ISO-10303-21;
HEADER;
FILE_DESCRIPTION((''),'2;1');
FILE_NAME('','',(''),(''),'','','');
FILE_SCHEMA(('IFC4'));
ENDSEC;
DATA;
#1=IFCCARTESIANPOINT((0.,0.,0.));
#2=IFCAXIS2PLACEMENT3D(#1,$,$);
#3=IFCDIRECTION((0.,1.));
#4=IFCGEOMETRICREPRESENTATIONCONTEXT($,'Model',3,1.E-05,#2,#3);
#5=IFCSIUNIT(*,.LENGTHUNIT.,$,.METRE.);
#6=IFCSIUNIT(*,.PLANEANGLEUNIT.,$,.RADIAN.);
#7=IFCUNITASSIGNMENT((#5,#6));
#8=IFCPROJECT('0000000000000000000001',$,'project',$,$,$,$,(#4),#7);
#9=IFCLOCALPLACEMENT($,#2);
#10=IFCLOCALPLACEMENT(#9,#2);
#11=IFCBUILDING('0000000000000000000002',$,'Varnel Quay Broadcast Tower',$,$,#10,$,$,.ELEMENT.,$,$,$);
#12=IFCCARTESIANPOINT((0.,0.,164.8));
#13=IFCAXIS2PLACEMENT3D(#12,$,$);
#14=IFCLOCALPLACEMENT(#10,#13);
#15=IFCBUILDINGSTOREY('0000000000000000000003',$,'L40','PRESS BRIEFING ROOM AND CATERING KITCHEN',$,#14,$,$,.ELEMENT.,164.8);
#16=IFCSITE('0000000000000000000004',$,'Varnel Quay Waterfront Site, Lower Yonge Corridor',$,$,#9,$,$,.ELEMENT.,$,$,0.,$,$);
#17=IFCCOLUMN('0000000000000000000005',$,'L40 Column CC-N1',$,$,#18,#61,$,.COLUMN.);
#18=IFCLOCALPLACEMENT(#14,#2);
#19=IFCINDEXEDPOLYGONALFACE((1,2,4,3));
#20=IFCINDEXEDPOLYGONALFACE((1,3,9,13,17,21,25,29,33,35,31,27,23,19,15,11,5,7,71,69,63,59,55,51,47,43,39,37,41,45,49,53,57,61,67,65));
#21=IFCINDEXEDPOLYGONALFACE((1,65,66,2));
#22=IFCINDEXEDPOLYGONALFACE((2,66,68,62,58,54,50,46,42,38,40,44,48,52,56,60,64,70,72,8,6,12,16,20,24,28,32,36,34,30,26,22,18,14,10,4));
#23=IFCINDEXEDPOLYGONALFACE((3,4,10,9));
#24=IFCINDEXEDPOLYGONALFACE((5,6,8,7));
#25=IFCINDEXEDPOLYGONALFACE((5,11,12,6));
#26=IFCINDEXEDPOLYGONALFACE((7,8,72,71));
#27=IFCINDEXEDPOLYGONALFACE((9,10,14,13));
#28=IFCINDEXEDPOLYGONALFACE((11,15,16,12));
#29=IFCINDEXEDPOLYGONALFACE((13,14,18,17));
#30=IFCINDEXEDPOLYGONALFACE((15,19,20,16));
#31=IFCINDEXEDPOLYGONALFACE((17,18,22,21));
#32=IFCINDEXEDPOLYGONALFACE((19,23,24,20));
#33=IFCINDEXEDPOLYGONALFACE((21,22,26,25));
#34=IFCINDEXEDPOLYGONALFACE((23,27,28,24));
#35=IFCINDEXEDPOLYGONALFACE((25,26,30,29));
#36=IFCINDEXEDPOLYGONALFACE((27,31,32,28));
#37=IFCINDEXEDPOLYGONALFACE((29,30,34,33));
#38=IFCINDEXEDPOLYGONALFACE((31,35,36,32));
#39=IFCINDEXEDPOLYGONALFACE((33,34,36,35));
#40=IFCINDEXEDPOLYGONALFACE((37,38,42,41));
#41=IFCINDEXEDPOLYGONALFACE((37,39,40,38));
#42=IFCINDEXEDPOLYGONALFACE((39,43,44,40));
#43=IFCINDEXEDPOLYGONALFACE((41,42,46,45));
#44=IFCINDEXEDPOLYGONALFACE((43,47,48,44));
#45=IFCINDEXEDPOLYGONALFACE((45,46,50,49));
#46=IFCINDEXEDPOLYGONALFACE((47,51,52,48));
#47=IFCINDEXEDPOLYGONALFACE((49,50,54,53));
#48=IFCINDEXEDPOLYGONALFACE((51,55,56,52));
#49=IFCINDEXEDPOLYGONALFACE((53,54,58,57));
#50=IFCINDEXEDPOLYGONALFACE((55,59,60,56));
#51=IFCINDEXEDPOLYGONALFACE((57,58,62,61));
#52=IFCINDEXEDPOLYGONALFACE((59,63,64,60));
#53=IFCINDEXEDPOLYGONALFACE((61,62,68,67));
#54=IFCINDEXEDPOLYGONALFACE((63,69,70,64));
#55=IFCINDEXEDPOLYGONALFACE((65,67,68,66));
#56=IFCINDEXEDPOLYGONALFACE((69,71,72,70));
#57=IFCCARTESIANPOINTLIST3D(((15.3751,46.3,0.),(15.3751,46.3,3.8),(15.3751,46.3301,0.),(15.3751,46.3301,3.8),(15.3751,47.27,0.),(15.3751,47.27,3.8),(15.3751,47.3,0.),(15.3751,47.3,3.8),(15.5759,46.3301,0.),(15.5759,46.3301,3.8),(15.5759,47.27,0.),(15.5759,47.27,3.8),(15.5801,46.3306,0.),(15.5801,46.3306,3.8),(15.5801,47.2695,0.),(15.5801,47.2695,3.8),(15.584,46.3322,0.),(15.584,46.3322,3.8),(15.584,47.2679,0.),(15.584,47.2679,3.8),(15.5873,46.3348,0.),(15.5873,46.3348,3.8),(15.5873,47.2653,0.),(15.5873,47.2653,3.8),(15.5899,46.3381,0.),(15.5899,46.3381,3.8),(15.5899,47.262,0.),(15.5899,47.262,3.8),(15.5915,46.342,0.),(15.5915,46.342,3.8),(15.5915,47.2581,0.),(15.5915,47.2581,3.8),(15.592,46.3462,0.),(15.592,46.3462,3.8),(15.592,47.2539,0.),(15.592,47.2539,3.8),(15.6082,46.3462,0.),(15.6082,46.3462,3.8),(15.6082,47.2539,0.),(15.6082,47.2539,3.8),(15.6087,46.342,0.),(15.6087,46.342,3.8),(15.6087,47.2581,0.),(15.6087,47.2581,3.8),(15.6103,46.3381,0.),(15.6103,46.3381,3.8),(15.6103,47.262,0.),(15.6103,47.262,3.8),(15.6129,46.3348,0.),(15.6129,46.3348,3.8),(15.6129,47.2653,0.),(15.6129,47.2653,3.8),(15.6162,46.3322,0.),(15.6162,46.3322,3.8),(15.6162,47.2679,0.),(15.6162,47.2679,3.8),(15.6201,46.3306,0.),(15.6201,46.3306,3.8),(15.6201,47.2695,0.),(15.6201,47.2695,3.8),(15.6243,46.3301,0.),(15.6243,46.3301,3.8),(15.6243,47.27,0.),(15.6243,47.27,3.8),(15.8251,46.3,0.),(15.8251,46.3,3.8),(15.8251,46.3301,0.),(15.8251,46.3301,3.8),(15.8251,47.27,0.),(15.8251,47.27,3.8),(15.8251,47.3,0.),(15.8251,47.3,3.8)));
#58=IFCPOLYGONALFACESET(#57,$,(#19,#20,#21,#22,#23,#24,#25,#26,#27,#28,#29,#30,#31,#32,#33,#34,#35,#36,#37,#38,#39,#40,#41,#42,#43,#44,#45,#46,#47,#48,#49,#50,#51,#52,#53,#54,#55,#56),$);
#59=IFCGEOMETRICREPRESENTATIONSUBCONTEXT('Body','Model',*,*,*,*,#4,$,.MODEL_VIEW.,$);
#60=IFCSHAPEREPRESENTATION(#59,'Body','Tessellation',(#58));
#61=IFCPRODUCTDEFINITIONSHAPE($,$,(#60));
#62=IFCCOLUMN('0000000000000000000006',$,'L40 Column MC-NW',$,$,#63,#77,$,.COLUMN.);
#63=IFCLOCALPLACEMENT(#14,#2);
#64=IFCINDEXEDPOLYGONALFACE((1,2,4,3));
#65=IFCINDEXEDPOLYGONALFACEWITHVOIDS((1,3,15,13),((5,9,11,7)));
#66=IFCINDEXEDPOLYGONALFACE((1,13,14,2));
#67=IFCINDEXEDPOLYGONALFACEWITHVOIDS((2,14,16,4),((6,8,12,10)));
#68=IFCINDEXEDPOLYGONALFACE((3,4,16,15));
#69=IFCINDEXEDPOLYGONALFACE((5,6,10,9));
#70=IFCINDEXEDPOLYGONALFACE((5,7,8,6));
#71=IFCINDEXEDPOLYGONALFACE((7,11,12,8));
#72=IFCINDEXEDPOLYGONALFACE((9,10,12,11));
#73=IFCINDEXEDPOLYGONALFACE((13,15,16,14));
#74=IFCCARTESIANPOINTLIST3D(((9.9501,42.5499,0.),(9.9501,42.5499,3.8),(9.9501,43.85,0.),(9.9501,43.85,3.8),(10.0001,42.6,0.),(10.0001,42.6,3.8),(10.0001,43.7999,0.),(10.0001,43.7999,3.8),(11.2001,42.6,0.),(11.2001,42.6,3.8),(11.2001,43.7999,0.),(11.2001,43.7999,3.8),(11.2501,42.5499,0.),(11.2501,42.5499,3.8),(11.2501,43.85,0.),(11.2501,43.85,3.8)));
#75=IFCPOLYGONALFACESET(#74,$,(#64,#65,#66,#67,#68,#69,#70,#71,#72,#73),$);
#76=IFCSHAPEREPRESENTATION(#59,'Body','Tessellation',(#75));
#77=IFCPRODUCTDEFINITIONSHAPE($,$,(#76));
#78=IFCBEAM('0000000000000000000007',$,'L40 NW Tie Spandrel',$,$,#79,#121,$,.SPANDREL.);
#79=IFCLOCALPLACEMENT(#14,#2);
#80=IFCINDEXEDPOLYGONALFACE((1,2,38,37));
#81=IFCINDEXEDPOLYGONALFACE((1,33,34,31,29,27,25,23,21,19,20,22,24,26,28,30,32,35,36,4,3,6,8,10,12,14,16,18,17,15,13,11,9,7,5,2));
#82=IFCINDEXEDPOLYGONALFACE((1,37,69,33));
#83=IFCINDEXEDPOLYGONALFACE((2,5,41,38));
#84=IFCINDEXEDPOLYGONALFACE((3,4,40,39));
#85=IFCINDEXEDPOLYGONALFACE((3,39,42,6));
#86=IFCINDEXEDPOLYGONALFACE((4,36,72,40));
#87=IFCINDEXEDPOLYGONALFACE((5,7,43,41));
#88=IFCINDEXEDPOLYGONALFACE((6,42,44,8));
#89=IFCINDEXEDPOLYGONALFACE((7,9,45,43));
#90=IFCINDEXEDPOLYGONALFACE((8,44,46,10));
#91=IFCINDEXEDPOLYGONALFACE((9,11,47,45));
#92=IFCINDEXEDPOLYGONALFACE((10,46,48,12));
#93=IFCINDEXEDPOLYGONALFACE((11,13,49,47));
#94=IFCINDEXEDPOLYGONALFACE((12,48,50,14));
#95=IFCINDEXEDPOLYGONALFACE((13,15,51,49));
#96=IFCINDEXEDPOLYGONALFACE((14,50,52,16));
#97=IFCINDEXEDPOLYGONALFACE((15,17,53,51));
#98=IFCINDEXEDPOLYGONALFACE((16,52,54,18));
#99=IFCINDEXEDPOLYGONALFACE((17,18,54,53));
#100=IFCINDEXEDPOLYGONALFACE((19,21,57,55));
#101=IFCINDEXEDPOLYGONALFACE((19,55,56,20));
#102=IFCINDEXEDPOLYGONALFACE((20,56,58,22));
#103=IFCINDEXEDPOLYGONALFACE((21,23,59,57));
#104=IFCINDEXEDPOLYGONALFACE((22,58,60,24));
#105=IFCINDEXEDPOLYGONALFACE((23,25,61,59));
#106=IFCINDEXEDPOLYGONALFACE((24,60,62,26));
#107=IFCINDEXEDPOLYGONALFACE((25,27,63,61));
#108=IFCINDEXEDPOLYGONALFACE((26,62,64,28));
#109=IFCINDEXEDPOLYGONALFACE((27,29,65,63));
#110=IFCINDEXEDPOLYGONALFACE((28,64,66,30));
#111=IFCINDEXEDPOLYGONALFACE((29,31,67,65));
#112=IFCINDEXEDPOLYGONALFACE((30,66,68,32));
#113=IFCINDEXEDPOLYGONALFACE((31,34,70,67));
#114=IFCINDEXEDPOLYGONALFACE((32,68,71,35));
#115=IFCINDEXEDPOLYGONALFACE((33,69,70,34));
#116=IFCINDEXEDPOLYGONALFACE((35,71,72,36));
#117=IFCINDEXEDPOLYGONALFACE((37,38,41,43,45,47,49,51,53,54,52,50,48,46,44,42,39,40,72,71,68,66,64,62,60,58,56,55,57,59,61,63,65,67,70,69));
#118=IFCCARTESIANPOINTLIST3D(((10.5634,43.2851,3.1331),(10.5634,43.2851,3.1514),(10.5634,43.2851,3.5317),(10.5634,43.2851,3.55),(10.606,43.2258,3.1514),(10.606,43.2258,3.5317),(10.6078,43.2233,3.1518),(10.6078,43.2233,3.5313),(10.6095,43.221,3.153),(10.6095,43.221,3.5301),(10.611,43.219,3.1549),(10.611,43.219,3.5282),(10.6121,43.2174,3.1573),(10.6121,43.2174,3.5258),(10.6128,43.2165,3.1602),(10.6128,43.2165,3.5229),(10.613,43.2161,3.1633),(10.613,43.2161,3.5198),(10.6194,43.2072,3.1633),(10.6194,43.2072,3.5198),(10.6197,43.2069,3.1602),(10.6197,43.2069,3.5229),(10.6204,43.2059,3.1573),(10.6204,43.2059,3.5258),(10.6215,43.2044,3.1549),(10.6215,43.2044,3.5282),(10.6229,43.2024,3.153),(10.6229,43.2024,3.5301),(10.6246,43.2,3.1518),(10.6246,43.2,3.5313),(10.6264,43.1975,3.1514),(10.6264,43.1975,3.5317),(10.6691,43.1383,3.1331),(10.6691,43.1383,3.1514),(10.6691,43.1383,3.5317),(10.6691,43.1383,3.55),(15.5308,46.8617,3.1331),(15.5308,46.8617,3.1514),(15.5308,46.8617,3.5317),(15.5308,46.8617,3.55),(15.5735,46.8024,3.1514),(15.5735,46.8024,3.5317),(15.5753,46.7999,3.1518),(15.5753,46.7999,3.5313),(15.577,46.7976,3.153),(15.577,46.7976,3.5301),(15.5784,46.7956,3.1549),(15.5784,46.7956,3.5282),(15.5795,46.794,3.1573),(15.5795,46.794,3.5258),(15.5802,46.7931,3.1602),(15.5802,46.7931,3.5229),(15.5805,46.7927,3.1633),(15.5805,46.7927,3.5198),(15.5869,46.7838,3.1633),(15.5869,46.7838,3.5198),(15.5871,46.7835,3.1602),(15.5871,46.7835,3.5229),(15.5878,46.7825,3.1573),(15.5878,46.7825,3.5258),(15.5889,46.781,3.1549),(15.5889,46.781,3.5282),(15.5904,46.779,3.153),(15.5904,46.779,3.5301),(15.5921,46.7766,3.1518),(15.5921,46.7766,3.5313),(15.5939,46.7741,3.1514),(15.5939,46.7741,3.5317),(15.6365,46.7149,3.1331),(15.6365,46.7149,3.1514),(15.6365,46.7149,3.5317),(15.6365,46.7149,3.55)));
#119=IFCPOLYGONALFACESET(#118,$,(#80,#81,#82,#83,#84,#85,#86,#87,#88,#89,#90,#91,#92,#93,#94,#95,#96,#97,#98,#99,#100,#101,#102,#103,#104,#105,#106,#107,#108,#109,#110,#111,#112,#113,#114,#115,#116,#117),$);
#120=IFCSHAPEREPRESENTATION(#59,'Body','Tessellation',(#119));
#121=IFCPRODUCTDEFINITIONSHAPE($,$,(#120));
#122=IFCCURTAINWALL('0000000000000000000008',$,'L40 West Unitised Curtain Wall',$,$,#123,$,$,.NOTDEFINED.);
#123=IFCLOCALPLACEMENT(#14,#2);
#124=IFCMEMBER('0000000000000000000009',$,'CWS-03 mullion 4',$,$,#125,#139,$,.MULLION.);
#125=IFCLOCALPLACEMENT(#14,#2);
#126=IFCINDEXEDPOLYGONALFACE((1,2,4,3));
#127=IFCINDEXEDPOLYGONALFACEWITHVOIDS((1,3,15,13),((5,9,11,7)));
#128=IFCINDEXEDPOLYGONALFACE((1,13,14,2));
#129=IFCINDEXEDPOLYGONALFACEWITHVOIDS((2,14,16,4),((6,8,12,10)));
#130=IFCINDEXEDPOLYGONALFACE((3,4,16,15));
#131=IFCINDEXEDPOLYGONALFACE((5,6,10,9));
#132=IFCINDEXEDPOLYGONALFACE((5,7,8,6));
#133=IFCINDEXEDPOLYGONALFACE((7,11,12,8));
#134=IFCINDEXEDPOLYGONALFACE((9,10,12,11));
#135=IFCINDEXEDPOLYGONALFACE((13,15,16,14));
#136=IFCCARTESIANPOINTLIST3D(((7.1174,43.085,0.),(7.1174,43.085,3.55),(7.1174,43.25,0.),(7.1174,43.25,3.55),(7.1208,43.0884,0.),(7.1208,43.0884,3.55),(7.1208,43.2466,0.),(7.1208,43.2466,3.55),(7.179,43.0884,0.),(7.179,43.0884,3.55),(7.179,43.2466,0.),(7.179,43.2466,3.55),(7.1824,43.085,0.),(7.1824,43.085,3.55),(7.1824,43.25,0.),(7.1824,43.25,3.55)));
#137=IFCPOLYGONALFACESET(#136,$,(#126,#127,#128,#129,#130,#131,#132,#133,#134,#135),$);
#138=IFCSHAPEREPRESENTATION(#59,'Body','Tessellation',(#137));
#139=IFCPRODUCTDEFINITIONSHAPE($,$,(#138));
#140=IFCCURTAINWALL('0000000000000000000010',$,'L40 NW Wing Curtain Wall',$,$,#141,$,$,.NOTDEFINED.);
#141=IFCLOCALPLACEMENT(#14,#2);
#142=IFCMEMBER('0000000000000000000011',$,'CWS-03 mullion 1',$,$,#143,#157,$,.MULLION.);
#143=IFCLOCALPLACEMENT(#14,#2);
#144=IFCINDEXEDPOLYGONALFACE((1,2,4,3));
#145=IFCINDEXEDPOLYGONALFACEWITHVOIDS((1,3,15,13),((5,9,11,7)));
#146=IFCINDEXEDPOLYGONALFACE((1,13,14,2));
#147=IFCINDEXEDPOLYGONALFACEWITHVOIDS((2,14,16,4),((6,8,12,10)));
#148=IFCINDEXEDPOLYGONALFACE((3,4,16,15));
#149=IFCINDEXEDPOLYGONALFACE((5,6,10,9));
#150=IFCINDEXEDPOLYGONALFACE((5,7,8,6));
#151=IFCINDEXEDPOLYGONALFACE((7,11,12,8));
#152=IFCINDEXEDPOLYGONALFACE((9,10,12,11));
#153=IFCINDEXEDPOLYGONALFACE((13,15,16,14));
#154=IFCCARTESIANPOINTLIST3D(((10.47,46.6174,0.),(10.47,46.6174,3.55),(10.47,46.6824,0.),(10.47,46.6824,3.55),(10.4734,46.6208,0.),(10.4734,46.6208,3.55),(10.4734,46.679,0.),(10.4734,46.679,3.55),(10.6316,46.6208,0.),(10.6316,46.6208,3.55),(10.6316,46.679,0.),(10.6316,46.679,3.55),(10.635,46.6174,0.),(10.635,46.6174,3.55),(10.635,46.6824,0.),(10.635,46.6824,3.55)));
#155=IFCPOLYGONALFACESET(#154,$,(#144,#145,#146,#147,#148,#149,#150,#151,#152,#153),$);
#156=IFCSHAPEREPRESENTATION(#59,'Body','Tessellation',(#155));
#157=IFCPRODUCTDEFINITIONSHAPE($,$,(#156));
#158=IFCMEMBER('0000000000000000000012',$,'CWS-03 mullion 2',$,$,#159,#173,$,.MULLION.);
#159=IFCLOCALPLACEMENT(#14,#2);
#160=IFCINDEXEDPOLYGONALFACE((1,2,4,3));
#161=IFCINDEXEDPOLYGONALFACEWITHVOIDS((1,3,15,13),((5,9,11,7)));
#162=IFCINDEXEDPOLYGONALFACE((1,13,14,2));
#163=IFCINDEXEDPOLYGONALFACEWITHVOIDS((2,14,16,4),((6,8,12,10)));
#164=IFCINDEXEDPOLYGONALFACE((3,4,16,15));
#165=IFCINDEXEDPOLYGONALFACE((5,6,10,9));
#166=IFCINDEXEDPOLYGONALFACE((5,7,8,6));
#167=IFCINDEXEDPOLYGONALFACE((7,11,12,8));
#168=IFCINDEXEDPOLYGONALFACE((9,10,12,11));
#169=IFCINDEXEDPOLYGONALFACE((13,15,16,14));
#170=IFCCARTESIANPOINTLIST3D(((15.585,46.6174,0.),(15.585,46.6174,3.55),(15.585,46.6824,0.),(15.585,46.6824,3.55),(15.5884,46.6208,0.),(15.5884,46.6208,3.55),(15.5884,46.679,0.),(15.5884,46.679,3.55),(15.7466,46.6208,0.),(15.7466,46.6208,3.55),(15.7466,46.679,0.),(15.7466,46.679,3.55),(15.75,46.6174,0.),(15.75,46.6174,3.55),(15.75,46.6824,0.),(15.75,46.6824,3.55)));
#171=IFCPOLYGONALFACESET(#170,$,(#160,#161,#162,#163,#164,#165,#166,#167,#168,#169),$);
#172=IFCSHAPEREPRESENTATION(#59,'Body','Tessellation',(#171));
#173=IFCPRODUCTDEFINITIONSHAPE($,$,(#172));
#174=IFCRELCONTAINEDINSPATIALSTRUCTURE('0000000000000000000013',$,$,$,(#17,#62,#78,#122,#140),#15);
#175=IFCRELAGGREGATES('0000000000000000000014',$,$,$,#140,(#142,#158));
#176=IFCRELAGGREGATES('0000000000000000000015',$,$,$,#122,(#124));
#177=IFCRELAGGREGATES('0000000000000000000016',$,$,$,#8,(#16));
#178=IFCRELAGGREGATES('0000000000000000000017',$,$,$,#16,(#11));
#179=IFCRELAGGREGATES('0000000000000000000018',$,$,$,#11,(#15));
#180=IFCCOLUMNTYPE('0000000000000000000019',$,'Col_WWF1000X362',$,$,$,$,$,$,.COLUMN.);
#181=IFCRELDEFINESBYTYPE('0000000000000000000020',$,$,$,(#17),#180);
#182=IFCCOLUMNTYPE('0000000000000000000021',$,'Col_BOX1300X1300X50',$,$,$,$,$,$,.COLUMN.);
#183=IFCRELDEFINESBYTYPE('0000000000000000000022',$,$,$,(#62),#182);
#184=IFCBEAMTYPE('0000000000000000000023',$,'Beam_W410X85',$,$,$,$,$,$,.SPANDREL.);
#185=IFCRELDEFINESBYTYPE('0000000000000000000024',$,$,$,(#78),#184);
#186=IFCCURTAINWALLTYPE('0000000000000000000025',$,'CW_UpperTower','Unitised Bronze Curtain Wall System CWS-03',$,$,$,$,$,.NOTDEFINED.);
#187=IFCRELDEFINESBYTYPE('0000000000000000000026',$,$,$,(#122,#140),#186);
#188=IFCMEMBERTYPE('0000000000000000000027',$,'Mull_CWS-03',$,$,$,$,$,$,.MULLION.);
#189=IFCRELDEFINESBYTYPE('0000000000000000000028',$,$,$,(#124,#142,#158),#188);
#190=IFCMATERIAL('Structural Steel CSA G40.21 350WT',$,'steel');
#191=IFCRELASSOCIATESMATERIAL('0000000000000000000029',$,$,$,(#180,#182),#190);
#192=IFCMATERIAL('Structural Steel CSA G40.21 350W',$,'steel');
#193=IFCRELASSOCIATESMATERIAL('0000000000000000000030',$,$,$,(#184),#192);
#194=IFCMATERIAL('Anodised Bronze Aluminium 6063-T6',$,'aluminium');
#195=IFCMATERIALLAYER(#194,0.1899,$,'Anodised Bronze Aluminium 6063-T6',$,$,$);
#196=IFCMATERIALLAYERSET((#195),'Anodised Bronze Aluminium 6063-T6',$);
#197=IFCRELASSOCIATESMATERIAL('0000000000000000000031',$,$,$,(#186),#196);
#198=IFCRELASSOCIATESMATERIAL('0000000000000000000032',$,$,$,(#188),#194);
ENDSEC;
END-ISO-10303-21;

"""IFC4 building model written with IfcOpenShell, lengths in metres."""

from ifc_helpers import new_model, si_unit, direction, frame, origin, origin_2d, place, context, subcontext, project, spatial, hollow_rectangle, i_section, extrude, source, transform, mapped, material, layer, layer_set, material_profile, profile_set, type_object, type_shapes, element, aggregate, save


model = new_model("IFC4")

# Units and contexts
model_context = context("Model", 3, precision=1e-05, world=origin(), true_north=direction((0.0, 1.0)))
body_context = subcontext(model_context, "Body", "Model", "MODEL_VIEW")
ifc_project = project(units=[si_unit("LENGTHUNIT", "METRE"), si_unit("PLANEANGLEUNIT", "RADIAN")], contexts=[model_context])

# Site, building, storey
site_placement = place(None, origin())
site = spatial("IfcSite", under=ifc_project, at=site_placement, Name="Varnel Quay Waterfront Site, Lower Yonge Corridor", CompositionType="ELEMENT", RefElevation=0.0)
building_placement = place(site_placement, origin())
building = spatial("IfcBuilding", under=site, at=building_placement, Name="Varnel Quay Broadcast Tower", CompositionType="ELEMENT")
storey_placement = place(building_placement, frame((0.0, 0.0, 164.8)))
storey = spatial("IfcBuildingStorey", under=building, at=storey_placement, Name="L40", Description="PRESS BRIEFING ROOM AND CATERING KITCHEN", CompositionType="ELEMENT", Elevation=164.8)

# Columns
ifc_material_1 = material(Name="Structural Steel CSA G40.21 350WT", Category="steel")
ifc_material_profile_1 = material_profile(ifc_material_1, i_section(OverallWidth=0.45, OverallDepth=1.0, WebThickness=0.0161, FlangeThickness=0.03, FilletRadius=0.0161, at=origin_2d()), Name="WWF1000X362")
ifc_profile_set_1 = profile_set([ifc_material_profile_1], Name="Structural Steel CSA G40.21 350WT")
column_type_1 = type_object("IfcColumnType", Name="Col_WWF1000X362", PredefinedType="COLUMN", material=ifc_profile_set_1)
shared_shape_1 = source(origin(), body_context, "Body", "SweptSolid", [
    extrude(i_section(OverallWidth=0.45, OverallDepth=1.0, WebThickness=0.0161, FlangeThickness=0.03, FilletRadius=0.0161, at=origin_2d()), origin(), (0.0, 0.0, 1.0), 3.8),
])
type_shapes(column_type_1, [shared_shape_1])
column_1_placement = place(storey_placement, frame((15.6001, 46.8, 0.0), z_axis=(0.0, 0.0, 1.0), x_axis=(1.0, 0.0, 0.0)))
element("IfcColumn", 1, at=column_1_placement, inside=storey, type_object=column_type_1, Name="L40 Column CC-N1", PredefinedType="COLUMN", context=body_context, shape_type="MappedRepresentation", body=[
    mapped(shared_shape_1, transform((0.0, 0.0, 0.0), x_axis=(1.0, 0.0, 0.0), y_axis=(0.0, 1.0, 0.0), z_axis=(0.0, 0.0, 1.0), scale=1.0)),
])
ifc_material_profile_2 = material_profile(ifc_material_1, hollow_rectangle(XDim=1.3, YDim=1.3, WallThickness=0.05, at=origin_2d()), Name="BOX1300X1300X50")
ifc_profile_set_2 = profile_set([ifc_material_profile_2], Name="Structural Steel CSA G40.21 350WT")
column_type_2 = type_object("IfcColumnType", Name="Col_BOX1300X1300X50", PredefinedType="COLUMN", material=ifc_profile_set_2)
shared_shape_2 = source(origin(), body_context, "Body", "SweptSolid", [
    extrude(hollow_rectangle(XDim=1.3, YDim=1.3, WallThickness=0.05, at=origin_2d()), origin(), (0.0, 0.0, 1.0), 3.8),
])
type_shapes(column_type_2, [shared_shape_2])
column_2_placement = place(storey_placement, frame((10.6001, 43.2, 0.0), z_axis=(0.0, 0.0, 1.0), x_axis=(1.0, 0.0, 0.0)))
element("IfcColumn", 2, at=column_2_placement, inside=storey, type_object=column_type_2, Name="L40 Column MC-NW", PredefinedType="COLUMN", context=body_context, shape_type="MappedRepresentation", body=[
    mapped(shared_shape_2, transform((0.0, 0.0, 0.0), x_axis=(1.0, 0.0, 0.0), y_axis=(0.0, 1.0, 0.0), z_axis=(0.0, 0.0, 1.0), scale=1.0)),
])

# Beam
ifc_material_2 = material(Name="Structural Steel CSA G40.21 350W", Category="steel")
ifc_material_profile_3 = material_profile(ifc_material_2, i_section(OverallWidth=0.1809, OverallDepth=0.417, WebThickness=0.011, FlangeThickness=0.0183, FilletRadius=0.012, at=origin_2d()), Name="W410X85")
ifc_profile_set_3 = profile_set([ifc_material_profile_3], Name="Structural Steel CSA G40.21 350W")
beam_type = type_object("IfcBeamType", Name="Beam_W410X85", PredefinedType="SPANDREL", material=ifc_profile_set_3)
shared_shape_3 = source(origin(), body_context, "Body", "SweptSolid", [
    extrude(i_section(OverallWidth=0.1809, OverallDepth=0.417, WebThickness=0.011, FlangeThickness=0.0183, FilletRadius=0.012, at=origin_2d()), origin(), (0.0, 0.0, 1.0), 6.1211),
])
type_shapes(beam_type, [shared_shape_3])
beam_placement = place(storey_placement, frame((10.6162, 43.2117, 3.3416), z_axis=(0.811531, 0.584309, 0.0), x_axis=(-0.584309, 0.811531, 0.0)))
element("IfcBeam", 3, at=beam_placement, inside=storey, type_object=beam_type, Name="L40 NW Tie Spandrel", PredefinedType="SPANDREL", context=body_context, shape_type="MappedRepresentation", body=[
    mapped(shared_shape_3, transform((0.0, 0.0, 0.0), x_axis=(1.0, 0.0, 0.0), y_axis=(0.0, 1.0, 0.0), z_axis=(0.0, 0.0, 1.0), scale=1.0)),
])

# Curtain wall, member
ifc_material_3 = material(Name="Anodised Bronze Aluminium 6063-T6", Category="aluminium")
ifc_layer_1 = layer(ifc_material_3, 0.1899, Name="Anodised Bronze Aluminium 6063-T6")
ifc_layer_set_1 = layer_set([ifc_layer_1], Name="Anodised Bronze Aluminium 6063-T6")
curtain_wall_type = type_object("IfcCurtainWallType", Name="CW_UpperTower", Description="Unitised Bronze Curtain Wall System CWS-03", PredefinedType="NOTDEFINED", material=ifc_layer_set_1)
curtain_wall_1_placement = place(storey_placement, origin())
curtain_wall_1 = element("IfcCurtainWall", 4, at=curtain_wall_1_placement, inside=storey, type_object=curtain_wall_type, Name="L40 West Unitised Curtain Wall", PredefinedType="NOTDEFINED")
ifc_material_profile_4 = material_profile(ifc_material_3, hollow_rectangle(XDim=0.0649, YDim=0.165, WallThickness=0.0034, at=origin_2d()), Name="ALU65X165X3.5")
ifc_profile_set_4 = profile_set([ifc_material_profile_4], Name="Anodised Bronze Aluminium 6063-T6")
member_type_1 = type_object("IfcMemberType", Name="Mull_CWS-03", PredefinedType="MULLION", material=ifc_profile_set_4)
shared_shape_4 = source(origin(), body_context, "Body", "SweptSolid", [
    extrude(hollow_rectangle(XDim=0.0649, YDim=0.165, WallThickness=0.0034, at=origin_2d()), origin(), (0.0, 0.0, 1.0), 3.55),
])
type_shapes(member_type_1, [shared_shape_4])
member_1_placement = place(storey_placement, frame((7.1499, 43.1675, 0.0), z_axis=(0.0, 0.0, 1.0), x_axis=(-1.0, 0.0, 0.0)))
member_1 = element("IfcMember", 5, at=member_1_placement, type_object=member_type_1, Name="CWS-03 mullion 4", PredefinedType="MULLION", context=body_context, shape_type="MappedRepresentation", body=[
    mapped(shared_shape_4, transform((0.0, 0.0, 0.0), x_axis=(1.0, 0.0, 0.0), y_axis=(0.0, 1.0, 0.0), z_axis=(0.0, 0.0, 1.0), scale=1.0)),
])

# Curtain wall, members
curtain_wall_2_placement = place(storey_placement, origin())
curtain_wall_2 = element("IfcCurtainWall", 6, at=curtain_wall_2_placement, inside=storey, type_object=curtain_wall_type, Name="L40 NW Wing Curtain Wall", PredefinedType="NOTDEFINED")
member_2_placement = place(storey_placement, frame((10.5525, 46.6499, 0.0), z_axis=(0.0, 0.0, 1.0), x_axis=(0.0, 1.0, 0.0)))
member_2 = element("IfcMember", 7, at=member_2_placement, type_object=member_type_1, Name="CWS-03 mullion 1", PredefinedType="MULLION", context=body_context, shape_type="MappedRepresentation", body=[
    mapped(shared_shape_4, transform((0.0, 0.0, 0.0), x_axis=(1.0, 0.0, 0.0), y_axis=(0.0, 1.0, 0.0), z_axis=(0.0, 0.0, 1.0), scale=1.0)),
])
member_3_placement = place(storey_placement, frame((15.6675, 46.6499, 0.0), z_axis=(0.0, 0.0, 1.0), x_axis=(0.0, 1.0, 0.0)))
member_3 = element("IfcMember", 8, at=member_3_placement, type_object=member_type_1, Name="CWS-03 mullion 2", PredefinedType="MULLION", context=body_context, shape_type="MappedRepresentation", body=[
    mapped(shared_shape_4, transform((0.0, 0.0, 0.0), x_axis=(1.0, 0.0, 0.0), y_axis=(0.0, 1.0, 0.0), z_axis=(0.0, 0.0, 1.0), scale=1.0)),
])
aggregate(curtain_wall_2, [member_2, member_3])

aggregate(curtain_wall_1, [member_1])

save(model, "model.ifc")
